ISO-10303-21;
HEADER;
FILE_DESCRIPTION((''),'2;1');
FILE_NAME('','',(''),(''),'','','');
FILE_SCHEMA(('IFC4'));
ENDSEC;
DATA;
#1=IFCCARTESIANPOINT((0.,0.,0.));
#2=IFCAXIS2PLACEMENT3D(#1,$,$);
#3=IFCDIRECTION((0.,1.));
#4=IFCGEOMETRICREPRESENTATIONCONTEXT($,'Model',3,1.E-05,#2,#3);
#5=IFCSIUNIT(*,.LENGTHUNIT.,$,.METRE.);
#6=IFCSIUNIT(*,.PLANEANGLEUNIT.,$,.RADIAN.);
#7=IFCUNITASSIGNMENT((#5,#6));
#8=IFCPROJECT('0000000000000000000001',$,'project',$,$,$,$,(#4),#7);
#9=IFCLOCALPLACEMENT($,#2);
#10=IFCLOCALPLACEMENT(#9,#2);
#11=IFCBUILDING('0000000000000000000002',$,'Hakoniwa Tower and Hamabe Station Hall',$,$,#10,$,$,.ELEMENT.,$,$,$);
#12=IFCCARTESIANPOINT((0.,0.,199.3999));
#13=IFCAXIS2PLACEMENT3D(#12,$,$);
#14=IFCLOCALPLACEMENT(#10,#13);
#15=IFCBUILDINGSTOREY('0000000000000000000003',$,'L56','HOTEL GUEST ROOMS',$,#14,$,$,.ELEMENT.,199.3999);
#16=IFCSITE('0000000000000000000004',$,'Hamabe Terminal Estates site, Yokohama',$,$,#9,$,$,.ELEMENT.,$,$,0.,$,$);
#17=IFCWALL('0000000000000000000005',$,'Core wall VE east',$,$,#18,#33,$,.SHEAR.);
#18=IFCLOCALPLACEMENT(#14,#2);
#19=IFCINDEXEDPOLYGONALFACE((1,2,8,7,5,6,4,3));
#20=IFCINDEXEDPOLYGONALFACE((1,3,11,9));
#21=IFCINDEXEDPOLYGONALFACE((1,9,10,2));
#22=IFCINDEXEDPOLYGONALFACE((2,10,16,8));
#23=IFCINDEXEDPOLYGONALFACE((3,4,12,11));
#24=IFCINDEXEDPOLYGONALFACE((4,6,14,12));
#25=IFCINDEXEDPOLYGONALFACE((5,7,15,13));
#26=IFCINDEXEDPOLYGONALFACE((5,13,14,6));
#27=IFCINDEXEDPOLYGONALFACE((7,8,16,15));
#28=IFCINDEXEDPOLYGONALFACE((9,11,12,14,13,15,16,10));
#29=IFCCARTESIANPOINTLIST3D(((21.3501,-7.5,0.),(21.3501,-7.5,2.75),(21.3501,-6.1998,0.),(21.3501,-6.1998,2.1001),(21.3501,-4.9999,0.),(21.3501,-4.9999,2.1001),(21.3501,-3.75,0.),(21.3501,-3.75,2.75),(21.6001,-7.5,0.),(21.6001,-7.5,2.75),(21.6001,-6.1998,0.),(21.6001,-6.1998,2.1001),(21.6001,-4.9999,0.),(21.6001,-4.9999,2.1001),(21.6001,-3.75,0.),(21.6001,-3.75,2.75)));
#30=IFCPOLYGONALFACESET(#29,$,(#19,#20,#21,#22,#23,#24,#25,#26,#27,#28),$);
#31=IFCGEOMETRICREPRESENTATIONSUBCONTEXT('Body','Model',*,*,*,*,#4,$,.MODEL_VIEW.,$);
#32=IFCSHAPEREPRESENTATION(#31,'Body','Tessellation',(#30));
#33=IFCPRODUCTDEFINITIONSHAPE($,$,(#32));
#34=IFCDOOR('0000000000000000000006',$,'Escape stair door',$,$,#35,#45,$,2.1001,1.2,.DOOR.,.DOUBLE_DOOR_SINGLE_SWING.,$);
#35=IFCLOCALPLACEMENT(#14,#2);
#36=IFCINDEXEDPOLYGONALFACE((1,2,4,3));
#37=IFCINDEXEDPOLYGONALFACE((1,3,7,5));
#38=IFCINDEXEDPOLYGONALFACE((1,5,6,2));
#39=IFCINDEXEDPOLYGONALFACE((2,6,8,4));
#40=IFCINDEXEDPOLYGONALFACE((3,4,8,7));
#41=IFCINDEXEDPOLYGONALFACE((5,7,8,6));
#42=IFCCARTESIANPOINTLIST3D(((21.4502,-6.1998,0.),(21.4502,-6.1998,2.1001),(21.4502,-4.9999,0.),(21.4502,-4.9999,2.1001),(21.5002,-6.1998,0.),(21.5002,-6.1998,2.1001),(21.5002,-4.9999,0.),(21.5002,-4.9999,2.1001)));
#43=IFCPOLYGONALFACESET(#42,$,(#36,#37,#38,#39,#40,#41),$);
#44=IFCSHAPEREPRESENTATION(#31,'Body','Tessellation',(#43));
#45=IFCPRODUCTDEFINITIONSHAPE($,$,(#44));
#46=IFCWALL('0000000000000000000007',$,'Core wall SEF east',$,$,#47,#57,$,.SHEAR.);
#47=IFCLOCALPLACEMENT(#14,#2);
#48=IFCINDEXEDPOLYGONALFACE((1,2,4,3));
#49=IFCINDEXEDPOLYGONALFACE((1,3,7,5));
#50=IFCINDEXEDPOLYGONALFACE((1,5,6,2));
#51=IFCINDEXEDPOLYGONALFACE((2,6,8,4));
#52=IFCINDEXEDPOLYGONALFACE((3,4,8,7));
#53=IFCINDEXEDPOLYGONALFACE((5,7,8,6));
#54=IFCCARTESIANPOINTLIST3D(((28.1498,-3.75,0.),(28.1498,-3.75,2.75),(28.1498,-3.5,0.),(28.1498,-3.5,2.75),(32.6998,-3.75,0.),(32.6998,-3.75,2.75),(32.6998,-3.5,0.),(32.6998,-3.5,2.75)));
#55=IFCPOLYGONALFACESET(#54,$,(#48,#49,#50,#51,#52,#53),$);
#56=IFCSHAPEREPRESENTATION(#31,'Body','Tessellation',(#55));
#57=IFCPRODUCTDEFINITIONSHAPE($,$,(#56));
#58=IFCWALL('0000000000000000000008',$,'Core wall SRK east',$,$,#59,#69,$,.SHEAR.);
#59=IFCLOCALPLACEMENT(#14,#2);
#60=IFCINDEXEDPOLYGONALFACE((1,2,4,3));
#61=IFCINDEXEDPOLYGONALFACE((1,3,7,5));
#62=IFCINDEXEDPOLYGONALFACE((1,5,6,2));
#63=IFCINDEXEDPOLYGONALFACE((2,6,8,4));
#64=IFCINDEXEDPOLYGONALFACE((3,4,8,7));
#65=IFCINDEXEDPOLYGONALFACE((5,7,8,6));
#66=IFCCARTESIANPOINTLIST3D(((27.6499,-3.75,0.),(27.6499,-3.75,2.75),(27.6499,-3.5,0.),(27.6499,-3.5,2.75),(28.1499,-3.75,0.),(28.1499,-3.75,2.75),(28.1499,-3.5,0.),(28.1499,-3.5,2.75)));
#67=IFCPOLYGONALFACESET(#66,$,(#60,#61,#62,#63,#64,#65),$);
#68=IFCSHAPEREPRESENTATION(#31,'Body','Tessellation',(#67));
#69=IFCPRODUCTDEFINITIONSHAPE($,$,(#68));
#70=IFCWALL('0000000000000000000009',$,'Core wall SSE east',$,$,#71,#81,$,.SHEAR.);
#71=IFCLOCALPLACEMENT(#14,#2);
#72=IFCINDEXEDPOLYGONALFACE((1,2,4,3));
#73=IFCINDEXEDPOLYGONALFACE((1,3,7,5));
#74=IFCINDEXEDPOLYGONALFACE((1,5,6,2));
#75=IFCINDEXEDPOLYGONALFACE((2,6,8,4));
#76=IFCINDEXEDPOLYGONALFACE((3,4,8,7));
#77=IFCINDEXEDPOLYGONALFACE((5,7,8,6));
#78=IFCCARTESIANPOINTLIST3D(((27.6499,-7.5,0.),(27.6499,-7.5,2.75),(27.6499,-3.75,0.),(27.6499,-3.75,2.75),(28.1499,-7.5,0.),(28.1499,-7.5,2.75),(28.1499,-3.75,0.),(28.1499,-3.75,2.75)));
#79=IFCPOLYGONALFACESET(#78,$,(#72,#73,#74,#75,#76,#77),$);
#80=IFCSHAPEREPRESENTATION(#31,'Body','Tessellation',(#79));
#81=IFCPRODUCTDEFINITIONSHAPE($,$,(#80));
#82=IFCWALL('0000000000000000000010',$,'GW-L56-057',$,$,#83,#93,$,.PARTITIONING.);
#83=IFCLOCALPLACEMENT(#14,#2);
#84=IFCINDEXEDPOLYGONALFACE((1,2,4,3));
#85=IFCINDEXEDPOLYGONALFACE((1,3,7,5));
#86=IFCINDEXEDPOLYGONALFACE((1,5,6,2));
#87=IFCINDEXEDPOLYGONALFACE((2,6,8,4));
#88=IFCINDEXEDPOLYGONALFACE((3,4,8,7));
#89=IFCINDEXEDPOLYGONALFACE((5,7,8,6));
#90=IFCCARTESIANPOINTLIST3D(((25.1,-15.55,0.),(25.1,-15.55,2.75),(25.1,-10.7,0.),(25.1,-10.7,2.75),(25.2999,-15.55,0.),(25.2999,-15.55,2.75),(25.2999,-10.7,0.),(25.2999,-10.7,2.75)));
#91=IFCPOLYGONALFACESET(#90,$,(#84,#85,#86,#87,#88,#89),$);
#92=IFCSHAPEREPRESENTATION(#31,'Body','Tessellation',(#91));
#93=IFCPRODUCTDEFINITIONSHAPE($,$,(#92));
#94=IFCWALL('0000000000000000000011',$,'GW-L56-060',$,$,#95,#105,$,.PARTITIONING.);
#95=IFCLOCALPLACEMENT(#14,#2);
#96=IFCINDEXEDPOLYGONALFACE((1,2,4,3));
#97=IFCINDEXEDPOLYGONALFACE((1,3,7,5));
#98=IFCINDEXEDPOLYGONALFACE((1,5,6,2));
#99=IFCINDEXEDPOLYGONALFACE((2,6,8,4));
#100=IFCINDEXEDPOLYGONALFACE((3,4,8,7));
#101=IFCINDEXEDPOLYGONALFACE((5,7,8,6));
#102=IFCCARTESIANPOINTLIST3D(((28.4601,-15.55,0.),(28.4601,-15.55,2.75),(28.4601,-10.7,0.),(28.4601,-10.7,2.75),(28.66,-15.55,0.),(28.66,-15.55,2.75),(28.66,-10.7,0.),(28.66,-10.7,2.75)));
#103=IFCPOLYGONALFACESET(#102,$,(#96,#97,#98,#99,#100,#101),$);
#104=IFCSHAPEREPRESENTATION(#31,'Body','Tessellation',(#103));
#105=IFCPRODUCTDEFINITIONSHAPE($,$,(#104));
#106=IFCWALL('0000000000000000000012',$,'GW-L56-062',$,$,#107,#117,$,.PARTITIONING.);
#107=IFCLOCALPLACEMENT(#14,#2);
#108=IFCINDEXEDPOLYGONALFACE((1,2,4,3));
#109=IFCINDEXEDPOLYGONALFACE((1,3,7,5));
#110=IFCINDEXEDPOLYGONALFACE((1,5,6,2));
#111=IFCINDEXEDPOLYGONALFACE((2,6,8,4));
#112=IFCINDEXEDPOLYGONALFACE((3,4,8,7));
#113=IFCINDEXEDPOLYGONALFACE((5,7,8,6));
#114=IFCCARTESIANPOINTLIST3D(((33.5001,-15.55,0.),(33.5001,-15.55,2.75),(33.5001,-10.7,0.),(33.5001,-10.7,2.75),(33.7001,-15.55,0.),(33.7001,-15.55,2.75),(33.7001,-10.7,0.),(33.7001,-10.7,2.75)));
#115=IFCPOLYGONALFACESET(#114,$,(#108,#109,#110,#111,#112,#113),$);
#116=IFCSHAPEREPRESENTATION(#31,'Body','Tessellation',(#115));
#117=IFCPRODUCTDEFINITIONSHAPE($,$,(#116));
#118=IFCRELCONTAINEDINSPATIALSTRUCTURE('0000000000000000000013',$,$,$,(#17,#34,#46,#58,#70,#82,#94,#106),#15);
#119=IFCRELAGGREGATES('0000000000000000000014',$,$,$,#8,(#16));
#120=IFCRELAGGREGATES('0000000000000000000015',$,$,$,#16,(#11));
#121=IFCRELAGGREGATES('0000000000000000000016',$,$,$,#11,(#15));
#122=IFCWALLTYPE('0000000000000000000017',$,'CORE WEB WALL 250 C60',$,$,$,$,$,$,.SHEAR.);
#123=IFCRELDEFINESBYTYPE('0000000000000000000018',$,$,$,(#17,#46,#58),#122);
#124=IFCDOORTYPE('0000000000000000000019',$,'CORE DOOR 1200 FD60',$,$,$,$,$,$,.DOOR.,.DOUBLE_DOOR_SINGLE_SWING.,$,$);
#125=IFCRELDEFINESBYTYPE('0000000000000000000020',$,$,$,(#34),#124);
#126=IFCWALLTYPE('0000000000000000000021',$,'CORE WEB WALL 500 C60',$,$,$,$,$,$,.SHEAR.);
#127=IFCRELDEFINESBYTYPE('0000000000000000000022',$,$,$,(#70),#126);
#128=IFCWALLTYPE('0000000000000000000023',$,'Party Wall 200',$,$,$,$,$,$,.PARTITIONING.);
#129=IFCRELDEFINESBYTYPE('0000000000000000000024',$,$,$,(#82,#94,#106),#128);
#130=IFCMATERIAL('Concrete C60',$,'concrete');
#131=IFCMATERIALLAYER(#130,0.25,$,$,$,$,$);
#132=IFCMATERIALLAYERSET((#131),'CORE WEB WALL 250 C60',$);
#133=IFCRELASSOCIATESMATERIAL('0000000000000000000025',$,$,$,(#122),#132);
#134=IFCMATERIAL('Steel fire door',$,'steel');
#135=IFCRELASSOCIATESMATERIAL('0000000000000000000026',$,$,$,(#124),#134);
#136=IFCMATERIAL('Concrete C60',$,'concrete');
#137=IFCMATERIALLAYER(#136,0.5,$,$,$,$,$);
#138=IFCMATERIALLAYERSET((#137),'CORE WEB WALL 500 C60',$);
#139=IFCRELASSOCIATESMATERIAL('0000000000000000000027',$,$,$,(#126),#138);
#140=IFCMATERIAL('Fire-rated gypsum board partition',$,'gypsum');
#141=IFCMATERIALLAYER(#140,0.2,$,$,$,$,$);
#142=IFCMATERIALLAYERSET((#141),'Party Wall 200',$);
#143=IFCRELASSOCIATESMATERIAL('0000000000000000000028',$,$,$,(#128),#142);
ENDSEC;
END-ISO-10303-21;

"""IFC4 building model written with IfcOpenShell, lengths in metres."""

from ifc_helpers import new_model, si_unit, direction, frame, frame_2d, origin, place, context, subcontext, project, spatial, rectangle, extrude, material, layer, layer_set, type_object, element, fill, save


model = new_model("IFC4")

# Units and contexts
model_context = context("Model", 3, precision=1e-05, world=origin(), true_north=direction((0.0, 1.0)))
body_context = subcontext(model_context, "Body", "Model", "MODEL_VIEW")
ifc_project = project(units=[si_unit("LENGTHUNIT", "METRE"), si_unit("PLANEANGLEUNIT", "RADIAN")], contexts=[model_context])

# Site, building, storey
site_placement = place(None, origin())
site = spatial("IfcSite", under=ifc_project, at=site_placement, Name="Hamabe Terminal Estates site, Yokohama", CompositionType="ELEMENT", RefElevation=0.0)
building_placement = place(site_placement, origin())
building = spatial("IfcBuilding", under=site, at=building_placement, Name="Hakoniwa Tower and Hamabe Station Hall", CompositionType="ELEMENT")
storey_placement = place(building_placement, frame((0.0, 0.0, 199.3999)))
storey = spatial("IfcBuildingStorey", under=building, at=storey_placement, Name="L56", Description="HOTEL GUEST ROOMS", CompositionType="ELEMENT", Elevation=199.3999)

# Shared definitions
ifc_material_1 = material(Name="Concrete C60", Category="concrete")
ifc_layer_1 = layer(ifc_material_1, 0.25)
ifc_layer_set_1 = layer_set([ifc_layer_1], Name="CORE WEB WALL 250 C60")
wall_type_1 = type_object("IfcWallType", Name="CORE WEB WALL 250 C60", PredefinedType="SHEAR", material=ifc_layer_set_1)

# Wall, opening, door
wall_1_placement = place(storey_placement, frame((21.4751, -7.5, 0.0), z_axis=(0.0, 0.0, 1.0), x_axis=(0.0, 1.0, 0.0)))
wall_1 = element("IfcWall", 1, at=wall_1_placement, inside=storey, type_object=wall_type_1, Name="Core wall VE east", PredefinedType="SHEAR", context=body_context, shape_type="SweptSolid", body=[
    extrude(rectangle(XDim=3.75, YDim=0.25, at=frame_2d((1.875, 0.0))), origin(), (0.0, 0.0, 1.0), 2.75),
])
opening_1_placement = place(wall_1_placement, frame((1.3, 0.0, 0.0)))
opening_1 = element("IfcOpeningElement", 2, at=opening_1_placement, cuts=wall_1, PredefinedType="OPENING", context=body_context, shape_type="SweptSolid", body=[
    extrude(rectangle(XDim=1.2, YDim=2.1001, at=frame_2d((0.6001, 1.05))), frame((0.0, 0.135, 0.0), z_axis=(0.0, -1.0, 0.0), x_axis=(1.0, 0.0, 0.0)), (0.0, 0.0, 1.0), 0.27),
])
ifc_material_2 = material(Name="Steel fire door", Category="steel")
door_type_1 = type_object("IfcDoorType", Name="CORE DOOR 1200 FD60", OperationType="DOUBLE_DOOR_SINGLE_SWING", PredefinedType="DOOR", material=ifc_material_2)
door_1_placement = place(opening_1_placement, origin())
door_1 = element("IfcDoor", 3, at=door_1_placement, inside=storey, type_object=door_type_1, Name="Escape stair door", OperationType="DOUBLE_DOOR_SINGLE_SWING", OverallHeight=2.1001, OverallWidth=1.2, PredefinedType="DOOR", context=body_context, shape_type="SweptSolid", body=[
    extrude(rectangle(XDim=1.2, YDim=2.1001, at=frame_2d((0.6001, 1.05))), frame((0.0, 0.0249, 0.0), z_axis=(0.0, -1.0, 0.0), x_axis=(1.0, 0.0, 0.0)), (0.0, 0.0, 1.0), 0.05),
])
fill(opening_1, door_1)

# Walls
wall_2_placement = place(storey_placement, frame((28.1499, -3.625, 0.0), z_axis=(0.0, 0.0, 1.0), x_axis=(1.0, 0.0, 0.0)))
element("IfcWall", 4, at=wall_2_placement, inside=storey, type_object=wall_type_1, Name="Core wall SEF east", PredefinedType="SHEAR", context=body_context, shape_type="SweptSolid", body=[
    extrude(rectangle(XDim=4.55, YDim=0.25, at=frame_2d((2.2749, 0.0))), origin(), (0.0, 0.0, 1.0), 2.75),
])
wall_3_placement = place(storey_placement, frame((27.6499, -3.625, 0.0), z_axis=(0.0, 0.0, 1.0), x_axis=(1.0, 0.0, 0.0)))
element("IfcWall", 5, at=wall_3_placement, inside=storey, type_object=wall_type_1, Name="Core wall SRK east", PredefinedType="SHEAR", context=body_context, shape_type="SweptSolid", body=[
    extrude(rectangle(XDim=0.5, YDim=0.25, at=frame_2d((0.25, 0.0))), origin(), (0.0, 0.0, 1.0), 2.75),
])
ifc_material_3 = material(Name="Concrete C60", Category="concrete")
ifc_layer_2 = layer(ifc_material_3, 0.5)
ifc_layer_set_2 = layer_set([ifc_layer_2], Name="CORE WEB WALL 500 C60")
wall_type_2 = type_object("IfcWallType", Name="CORE WEB WALL 500 C60", PredefinedType="SHEAR", material=ifc_layer_set_2)
wall_4_placement = place(storey_placement, frame((27.8999, -7.5, 0.0), z_axis=(0.0, 0.0, 1.0), x_axis=(0.0, 1.0, 0.0)))
element("IfcWall", 6, at=wall_4_placement, inside=storey, type_object=wall_type_2, Name="Core wall SSE east", PredefinedType="SHEAR", context=body_context, shape_type="SweptSolid", body=[
    extrude(rectangle(XDim=3.75, YDim=0.5, at=frame_2d((1.875, 0.0))), origin(), (0.0, 0.0, 1.0), 2.75),
])
ifc_material_4 = material(Name="Fire-rated gypsum board partition", Category="gypsum")
ifc_layer_3 = layer(ifc_material_4, 0.2)
ifc_layer_set_3 = layer_set([ifc_layer_3], Name="Party Wall 200")
wall_type_3 = type_object("IfcWallType", Name="Party Wall 200", PredefinedType="PARTITIONING", material=ifc_layer_set_3)
for number, where, z_axis, x_axis, name in (
    (7, (25.2, -15.55, 0.0), (0.0, 0.0, 1.0), (0.0, 1.0, 0.0), "GW-L56-057"),
    (8, (28.5601, -15.55, 0.0), (0.0, 0.0, 1.0), (0.0, 1.0, 0.0), "GW-L56-060"),
    (9, (33.6001, -15.55, 0.0), (0.0, 0.0, 1.0), (0.0, 1.0, 0.0), "GW-L56-062"),
):
    element("IfcWall", number, at=place(storey_placement, frame(where, z_axis=z_axis, x_axis=x_axis)), inside=storey, type_object=wall_type_3, Name=name, PredefinedType="PARTITIONING", context=body_context, shape_type="SweptSolid", body=[
        extrude(rectangle(XDim=4.8501, YDim=0.2, at=frame_2d((2.425, 0.0))), origin(), (0.0, 0.0, 1.0), 2.75),
    ])

save(model, "model.ifc")
